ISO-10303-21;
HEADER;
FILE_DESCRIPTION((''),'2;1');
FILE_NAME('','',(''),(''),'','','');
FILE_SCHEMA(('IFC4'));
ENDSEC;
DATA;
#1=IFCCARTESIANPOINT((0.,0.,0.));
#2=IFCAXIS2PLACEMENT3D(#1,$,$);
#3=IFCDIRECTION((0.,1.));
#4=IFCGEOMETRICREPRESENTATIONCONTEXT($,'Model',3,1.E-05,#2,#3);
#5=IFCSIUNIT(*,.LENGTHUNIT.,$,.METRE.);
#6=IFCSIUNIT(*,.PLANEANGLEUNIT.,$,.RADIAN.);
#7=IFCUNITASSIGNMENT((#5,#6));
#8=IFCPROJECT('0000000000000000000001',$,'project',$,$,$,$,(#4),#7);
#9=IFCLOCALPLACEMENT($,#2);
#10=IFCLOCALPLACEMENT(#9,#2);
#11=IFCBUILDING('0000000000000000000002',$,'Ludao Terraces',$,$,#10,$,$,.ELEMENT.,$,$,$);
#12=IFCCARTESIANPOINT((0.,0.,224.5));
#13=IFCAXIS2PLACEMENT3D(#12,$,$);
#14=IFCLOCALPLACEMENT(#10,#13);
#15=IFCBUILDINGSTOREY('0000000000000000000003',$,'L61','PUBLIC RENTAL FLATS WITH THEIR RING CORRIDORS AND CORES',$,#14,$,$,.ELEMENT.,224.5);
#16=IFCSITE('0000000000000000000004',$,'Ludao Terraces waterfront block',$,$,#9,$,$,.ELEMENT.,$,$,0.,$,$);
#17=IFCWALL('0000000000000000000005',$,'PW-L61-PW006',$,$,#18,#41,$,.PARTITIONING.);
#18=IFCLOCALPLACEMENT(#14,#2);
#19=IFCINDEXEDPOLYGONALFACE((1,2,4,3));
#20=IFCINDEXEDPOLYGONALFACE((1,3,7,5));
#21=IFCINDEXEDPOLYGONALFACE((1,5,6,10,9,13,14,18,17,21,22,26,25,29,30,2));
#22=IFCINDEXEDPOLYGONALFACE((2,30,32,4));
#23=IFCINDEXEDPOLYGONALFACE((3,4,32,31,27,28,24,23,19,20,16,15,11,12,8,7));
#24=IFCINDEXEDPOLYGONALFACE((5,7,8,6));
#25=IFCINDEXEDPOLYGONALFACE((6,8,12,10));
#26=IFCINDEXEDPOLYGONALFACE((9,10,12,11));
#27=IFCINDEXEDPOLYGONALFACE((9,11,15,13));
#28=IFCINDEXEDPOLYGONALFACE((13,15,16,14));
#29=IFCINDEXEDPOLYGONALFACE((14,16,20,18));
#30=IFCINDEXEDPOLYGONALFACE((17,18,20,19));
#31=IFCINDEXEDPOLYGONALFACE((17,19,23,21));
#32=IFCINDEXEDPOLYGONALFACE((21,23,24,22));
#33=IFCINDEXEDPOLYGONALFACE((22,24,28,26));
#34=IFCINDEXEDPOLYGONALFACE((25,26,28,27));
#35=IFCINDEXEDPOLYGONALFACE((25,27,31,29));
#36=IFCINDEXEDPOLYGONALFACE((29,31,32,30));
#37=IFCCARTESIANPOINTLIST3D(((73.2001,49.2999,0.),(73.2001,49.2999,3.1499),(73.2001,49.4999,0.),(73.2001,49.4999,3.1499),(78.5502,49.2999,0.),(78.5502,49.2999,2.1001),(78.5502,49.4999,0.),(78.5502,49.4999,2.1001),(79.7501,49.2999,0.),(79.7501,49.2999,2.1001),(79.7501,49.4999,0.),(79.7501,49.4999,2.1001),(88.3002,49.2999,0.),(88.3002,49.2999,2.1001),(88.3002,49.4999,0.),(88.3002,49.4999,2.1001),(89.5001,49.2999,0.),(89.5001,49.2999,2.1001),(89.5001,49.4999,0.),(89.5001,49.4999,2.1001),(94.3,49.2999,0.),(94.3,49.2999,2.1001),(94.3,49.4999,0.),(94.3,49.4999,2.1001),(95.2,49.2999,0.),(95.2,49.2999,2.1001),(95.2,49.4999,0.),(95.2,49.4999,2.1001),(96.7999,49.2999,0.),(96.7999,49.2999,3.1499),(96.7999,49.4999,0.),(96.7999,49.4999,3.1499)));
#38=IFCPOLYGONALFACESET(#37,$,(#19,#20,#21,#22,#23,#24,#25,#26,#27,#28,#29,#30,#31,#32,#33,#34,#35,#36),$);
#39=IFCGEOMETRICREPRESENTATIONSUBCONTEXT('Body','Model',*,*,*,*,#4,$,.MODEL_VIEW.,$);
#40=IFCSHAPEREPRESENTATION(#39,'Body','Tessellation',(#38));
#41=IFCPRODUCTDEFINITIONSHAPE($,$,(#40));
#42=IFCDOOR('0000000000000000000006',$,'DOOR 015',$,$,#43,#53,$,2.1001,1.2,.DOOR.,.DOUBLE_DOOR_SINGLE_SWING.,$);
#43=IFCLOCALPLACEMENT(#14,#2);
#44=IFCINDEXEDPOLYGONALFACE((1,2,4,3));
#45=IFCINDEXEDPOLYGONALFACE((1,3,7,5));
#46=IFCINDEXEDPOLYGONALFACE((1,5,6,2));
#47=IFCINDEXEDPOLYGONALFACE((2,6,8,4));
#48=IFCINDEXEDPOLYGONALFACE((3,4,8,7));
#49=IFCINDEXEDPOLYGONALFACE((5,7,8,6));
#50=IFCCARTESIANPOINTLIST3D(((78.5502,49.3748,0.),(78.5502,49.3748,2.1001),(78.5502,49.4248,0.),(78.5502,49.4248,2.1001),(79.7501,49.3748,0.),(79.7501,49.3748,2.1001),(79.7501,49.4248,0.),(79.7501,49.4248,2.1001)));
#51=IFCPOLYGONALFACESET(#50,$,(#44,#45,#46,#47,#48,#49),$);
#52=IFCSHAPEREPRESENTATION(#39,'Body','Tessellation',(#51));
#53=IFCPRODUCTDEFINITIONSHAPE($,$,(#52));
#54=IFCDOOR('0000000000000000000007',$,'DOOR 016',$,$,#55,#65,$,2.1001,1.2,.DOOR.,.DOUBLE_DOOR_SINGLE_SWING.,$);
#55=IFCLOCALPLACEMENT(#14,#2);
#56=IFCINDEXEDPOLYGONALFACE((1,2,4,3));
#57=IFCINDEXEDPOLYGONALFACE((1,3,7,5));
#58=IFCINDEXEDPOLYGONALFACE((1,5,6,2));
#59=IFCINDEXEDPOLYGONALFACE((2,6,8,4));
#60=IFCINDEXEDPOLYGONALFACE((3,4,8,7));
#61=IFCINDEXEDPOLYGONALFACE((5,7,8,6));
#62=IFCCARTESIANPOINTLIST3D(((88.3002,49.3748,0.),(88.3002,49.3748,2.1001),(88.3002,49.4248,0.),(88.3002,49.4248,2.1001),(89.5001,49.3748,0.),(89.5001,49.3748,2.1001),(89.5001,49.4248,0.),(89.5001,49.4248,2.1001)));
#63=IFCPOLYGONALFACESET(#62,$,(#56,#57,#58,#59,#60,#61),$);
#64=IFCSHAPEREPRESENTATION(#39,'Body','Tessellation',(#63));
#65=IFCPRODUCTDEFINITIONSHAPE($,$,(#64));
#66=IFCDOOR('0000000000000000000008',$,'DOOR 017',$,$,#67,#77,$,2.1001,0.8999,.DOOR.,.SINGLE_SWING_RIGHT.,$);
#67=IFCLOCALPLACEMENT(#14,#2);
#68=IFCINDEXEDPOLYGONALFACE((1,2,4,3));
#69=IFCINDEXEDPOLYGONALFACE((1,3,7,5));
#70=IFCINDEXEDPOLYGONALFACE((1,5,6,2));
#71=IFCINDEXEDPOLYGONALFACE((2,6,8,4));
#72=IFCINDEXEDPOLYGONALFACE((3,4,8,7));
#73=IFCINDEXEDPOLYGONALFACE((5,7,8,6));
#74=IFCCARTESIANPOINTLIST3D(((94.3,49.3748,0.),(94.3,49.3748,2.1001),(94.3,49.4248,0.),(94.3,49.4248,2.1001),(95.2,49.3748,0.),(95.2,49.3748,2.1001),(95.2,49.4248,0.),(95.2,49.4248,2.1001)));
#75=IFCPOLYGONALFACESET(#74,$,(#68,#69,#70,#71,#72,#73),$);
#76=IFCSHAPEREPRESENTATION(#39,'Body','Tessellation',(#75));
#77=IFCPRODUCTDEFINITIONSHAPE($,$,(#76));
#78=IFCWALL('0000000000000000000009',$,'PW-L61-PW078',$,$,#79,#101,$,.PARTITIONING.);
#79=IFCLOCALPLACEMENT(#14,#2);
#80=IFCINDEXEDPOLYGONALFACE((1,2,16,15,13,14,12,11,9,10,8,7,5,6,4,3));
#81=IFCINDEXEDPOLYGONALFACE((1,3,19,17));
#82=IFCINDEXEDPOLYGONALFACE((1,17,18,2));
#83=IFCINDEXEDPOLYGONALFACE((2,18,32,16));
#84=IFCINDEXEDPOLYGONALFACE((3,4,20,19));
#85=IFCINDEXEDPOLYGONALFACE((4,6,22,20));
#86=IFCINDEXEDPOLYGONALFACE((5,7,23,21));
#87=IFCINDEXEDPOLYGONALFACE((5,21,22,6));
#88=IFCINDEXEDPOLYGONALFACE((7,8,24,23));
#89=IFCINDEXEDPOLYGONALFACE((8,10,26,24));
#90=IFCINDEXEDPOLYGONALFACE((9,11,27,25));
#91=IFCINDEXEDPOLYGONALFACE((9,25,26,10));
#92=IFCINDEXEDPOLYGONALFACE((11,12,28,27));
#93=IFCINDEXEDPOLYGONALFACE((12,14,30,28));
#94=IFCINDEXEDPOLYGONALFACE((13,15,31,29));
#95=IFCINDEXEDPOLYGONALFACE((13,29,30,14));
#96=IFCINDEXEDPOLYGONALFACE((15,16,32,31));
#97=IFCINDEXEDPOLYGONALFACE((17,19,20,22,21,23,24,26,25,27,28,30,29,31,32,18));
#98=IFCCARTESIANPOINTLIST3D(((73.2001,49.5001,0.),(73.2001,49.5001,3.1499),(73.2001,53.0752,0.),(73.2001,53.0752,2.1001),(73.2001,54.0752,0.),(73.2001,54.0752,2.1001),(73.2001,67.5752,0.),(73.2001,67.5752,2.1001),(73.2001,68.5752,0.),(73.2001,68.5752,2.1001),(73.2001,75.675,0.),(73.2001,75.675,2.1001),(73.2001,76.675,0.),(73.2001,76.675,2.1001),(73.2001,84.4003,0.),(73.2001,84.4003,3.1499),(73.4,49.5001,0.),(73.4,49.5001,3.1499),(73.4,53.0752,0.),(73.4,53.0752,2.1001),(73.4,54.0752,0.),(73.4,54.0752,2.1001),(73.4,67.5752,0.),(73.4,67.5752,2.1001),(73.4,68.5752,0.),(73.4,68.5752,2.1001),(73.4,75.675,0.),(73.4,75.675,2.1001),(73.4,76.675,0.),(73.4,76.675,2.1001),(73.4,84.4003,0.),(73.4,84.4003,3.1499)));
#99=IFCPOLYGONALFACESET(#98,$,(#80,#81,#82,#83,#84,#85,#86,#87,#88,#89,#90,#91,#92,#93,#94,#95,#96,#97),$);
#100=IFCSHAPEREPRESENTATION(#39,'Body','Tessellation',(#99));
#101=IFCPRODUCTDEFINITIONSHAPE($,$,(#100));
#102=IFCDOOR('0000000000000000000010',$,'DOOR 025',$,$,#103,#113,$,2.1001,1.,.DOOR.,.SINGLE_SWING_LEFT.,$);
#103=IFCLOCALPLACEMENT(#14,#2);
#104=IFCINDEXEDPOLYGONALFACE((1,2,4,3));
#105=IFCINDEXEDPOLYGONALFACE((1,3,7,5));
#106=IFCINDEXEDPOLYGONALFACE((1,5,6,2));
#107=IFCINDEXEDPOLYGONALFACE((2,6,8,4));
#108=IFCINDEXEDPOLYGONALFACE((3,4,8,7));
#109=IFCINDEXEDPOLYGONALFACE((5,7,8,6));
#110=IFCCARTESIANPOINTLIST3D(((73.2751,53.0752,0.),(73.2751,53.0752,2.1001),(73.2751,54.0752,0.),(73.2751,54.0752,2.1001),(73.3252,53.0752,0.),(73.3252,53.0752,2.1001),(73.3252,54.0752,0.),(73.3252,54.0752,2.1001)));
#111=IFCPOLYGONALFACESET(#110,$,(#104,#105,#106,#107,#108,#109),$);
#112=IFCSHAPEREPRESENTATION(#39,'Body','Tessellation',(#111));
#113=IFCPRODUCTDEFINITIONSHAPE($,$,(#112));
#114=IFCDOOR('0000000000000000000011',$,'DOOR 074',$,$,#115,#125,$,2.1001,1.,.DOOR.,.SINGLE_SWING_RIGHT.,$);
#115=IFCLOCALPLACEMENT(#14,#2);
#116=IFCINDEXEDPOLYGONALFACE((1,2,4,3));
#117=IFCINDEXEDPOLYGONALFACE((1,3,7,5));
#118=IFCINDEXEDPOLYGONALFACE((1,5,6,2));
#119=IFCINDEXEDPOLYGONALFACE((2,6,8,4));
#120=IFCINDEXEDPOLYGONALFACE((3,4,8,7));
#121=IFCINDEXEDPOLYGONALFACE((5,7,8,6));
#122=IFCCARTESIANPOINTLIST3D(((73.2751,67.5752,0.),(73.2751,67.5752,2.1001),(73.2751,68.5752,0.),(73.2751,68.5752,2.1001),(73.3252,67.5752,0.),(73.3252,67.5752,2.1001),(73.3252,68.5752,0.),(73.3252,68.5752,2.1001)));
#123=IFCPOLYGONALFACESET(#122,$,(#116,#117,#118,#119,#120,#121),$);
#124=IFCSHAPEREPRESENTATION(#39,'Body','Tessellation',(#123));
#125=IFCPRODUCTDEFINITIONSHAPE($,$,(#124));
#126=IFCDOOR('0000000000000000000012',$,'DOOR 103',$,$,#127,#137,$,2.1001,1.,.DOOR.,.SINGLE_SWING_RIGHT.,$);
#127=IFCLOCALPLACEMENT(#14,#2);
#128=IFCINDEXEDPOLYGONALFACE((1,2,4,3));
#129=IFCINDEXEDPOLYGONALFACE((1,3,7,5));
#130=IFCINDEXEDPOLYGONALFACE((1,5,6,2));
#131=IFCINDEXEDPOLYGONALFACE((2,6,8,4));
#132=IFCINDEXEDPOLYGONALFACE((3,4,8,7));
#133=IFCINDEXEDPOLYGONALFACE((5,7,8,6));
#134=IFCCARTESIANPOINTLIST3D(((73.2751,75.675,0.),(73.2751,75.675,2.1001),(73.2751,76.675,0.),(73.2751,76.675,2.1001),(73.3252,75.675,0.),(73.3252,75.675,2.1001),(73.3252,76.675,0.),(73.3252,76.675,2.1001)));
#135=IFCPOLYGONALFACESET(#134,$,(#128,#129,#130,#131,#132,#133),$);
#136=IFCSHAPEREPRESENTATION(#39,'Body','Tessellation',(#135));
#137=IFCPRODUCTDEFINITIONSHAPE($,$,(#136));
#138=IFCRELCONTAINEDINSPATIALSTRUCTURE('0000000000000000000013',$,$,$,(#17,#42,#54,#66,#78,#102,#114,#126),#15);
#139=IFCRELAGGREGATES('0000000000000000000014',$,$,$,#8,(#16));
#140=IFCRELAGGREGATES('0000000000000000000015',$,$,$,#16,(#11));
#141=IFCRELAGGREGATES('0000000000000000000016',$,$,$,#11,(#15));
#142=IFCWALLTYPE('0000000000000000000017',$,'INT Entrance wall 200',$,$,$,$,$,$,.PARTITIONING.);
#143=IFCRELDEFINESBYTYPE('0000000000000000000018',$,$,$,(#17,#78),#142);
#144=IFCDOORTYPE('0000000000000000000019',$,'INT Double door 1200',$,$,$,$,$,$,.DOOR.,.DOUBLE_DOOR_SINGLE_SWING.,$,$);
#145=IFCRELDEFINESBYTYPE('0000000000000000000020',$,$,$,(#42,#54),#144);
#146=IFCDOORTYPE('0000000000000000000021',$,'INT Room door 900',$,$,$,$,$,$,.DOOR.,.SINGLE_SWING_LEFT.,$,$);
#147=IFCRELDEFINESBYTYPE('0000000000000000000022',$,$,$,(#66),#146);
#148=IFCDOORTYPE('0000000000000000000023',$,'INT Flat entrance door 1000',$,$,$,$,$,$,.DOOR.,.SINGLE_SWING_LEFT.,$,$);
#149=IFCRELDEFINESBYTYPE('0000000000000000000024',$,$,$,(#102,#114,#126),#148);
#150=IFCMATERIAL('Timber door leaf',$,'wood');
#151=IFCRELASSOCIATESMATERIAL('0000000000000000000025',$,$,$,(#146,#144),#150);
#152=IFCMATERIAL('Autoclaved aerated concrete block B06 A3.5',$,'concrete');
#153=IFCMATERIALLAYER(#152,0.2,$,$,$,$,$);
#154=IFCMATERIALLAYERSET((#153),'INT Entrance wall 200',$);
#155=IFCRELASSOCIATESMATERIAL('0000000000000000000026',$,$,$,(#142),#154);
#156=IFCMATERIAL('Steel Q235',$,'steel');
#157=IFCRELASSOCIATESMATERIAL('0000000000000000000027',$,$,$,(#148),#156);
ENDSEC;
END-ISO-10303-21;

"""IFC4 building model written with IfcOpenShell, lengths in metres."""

from ifc_helpers import new_model, si_unit, direction, frame, frame_2d, origin, place, context, subcontext, project, spatial, rectangle, extrude, material, layer, layer_set, type_object, element, fill, save


model = new_model("IFC4")

# Units and contexts
model_context = context("Model", 3, precision=1e-05, world=origin(), true_north=direction((0.0, 1.0)))
body_context = subcontext(model_context, "Body", "Model", "MODEL_VIEW")
ifc_project = project(units=[si_unit("LENGTHUNIT", "METRE"), si_unit("PLANEANGLEUNIT", "RADIAN")], contexts=[model_context])

# Site, building, storey
site_placement = place(None, origin())
site = spatial("IfcSite", under=ifc_project, at=site_placement, Name="Ludao Terraces waterfront block", CompositionType="ELEMENT", RefElevation=0.0)
building_placement = place(site_placement, origin())
building = spatial("IfcBuilding", under=site, at=building_placement, Name="Ludao Terraces", CompositionType="ELEMENT")
storey_placement = place(building_placement, frame((0.0, 0.0, 224.5)))
storey = spatial("IfcBuildingStorey", under=building, at=storey_placement, Name="L61", Description="PUBLIC RENTAL FLATS WITH THEIR RING CORRIDORS AND CORES", CompositionType="ELEMENT", Elevation=224.5)

# Shared definitions
ifc_material_1 = material(Name="Steel Q235", Category="steel")
ifc_material_2 = material(Name="Timber door leaf", Category="wood")
door_type_1 = type_object("IfcDoorType", Name="INT Room door 900", OperationType="SINGLE_SWING_LEFT", PredefinedType="DOOR", material=ifc_material_2)

# Walls, openings, doors
ifc_material_3 = material(Name="Autoclaved aerated concrete block B06 A3.5", Category="concrete")
ifc_layer_1 = layer(ifc_material_3, 0.2)
ifc_layer_set_1 = layer_set([ifc_layer_1], Name="INT Entrance wall 200")
wall_type_1 = type_object("IfcWallType", Name="INT Entrance wall 200", PredefinedType="PARTITIONING", material=ifc_layer_set_1)
wall_1_placement = place(storey_placement, frame((73.2002, 49.3999, 0.0), z_axis=(0.0, 0.0, 1.0), x_axis=(1.0, 0.0, 0.0)))
wall_1 = element("IfcWall", 1, at=wall_1_placement, inside=storey, type_object=wall_type_1, Name="PW-L61-PW006", PredefinedType="PARTITIONING", context=body_context, shape_type="SweptSolid", body=[
    extrude(rectangle(XDim=23.5999, YDim=0.2, at=frame_2d((11.7998, 0.0))), origin(), (0.0, 0.0, 1.0), 3.1499),
])
opening_1_placement = place(wall_1_placement, frame((5.3499, 0.0, 0.0)))
opening_1 = element("IfcOpeningElement", 2, at=opening_1_placement, cuts=wall_1, PredefinedType="OPENING", context=body_context, shape_type="SweptSolid", body=[
    extrude(rectangle(XDim=1.2, YDim=2.1001, at=frame_2d((0.6001, 1.05))), frame((0.0, 0.1099, 0.0), z_axis=(0.0, -1.0, 0.0), x_axis=(1.0, 0.0, 0.0)), (0.0, 0.0, 1.0), 0.22),
])
opening_2_placement = place(wall_1_placement, frame((15.0999, 0.0, 0.0)))
opening_2 = element("IfcOpeningElement", 3, at=opening_2_placement, cuts=wall_1, PredefinedType="OPENING", context=body_context, shape_type="SweptSolid", body=[
    extrude(rectangle(XDim=1.2, YDim=2.1001, at=frame_2d((0.6001, 1.05))), frame((0.0, 0.1099, 0.0), z_axis=(0.0, -1.0, 0.0), x_axis=(1.0, 0.0, 0.0)), (0.0, 0.0, 1.0), 0.22),
])
opening_3_placement = place(wall_1_placement, frame((21.0999, 0.0, 0.0)))
opening_3 = element("IfcOpeningElement", 4, at=opening_3_placement, cuts=wall_1, PredefinedType="OPENING", context=body_context, shape_type="SweptSolid", body=[
    extrude(rectangle(XDim=0.8999, YDim=2.1001, at=frame_2d((0.45, 1.05))), frame((0.0, 0.1099, 0.0), z_axis=(0.0, -1.0, 0.0), x_axis=(1.0, 0.0, 0.0)), (0.0, 0.0, 1.0), 0.22),
])
door_type_2 = type_object("IfcDoorType", Name="INT Double door 1200", OperationType="DOUBLE_DOOR_SINGLE_SWING", PredefinedType="DOOR", material=ifc_material_2)
door_1_placement = place(opening_1_placement, origin())
door_1 = element("IfcDoor", 5, at=door_1_placement, inside=storey, type_object=door_type_2, Name="DOOR 015", OperationType="DOUBLE_DOOR_SINGLE_SWING", OverallHeight=2.1001, OverallWidth=1.2, PredefinedType="DOOR", context=body_context, shape_type="SweptSolid", body=[
    extrude(rectangle(XDim=1.2, YDim=2.1001, at=frame_2d((0.6001, 1.05))), frame((0.0, 0.0249, 0.0), z_axis=(0.0, -1.0, 0.0), x_axis=(1.0, 0.0, 0.0)), (0.0, 0.0, 1.0), 0.05),
])
fill(opening_1, door_1)
door_2_placement = place(opening_2_placement, origin())
door_2 = element("IfcDoor", 6, at=door_2_placement, inside=storey, type_object=door_type_2, Name="DOOR 016", OperationType="DOUBLE_DOOR_SINGLE_SWING", OverallHeight=2.1001, OverallWidth=1.2, PredefinedType="DOOR", context=body_context, shape_type="SweptSolid", body=[
    extrude(rectangle(XDim=1.2, YDim=2.1001, at=frame_2d((0.6001, 1.05))), frame((0.0, 0.0249, 0.0), z_axis=(0.0, -1.0, 0.0), x_axis=(1.0, 0.0, 0.0)), (0.0, 0.0, 1.0), 0.05),
])
fill(opening_2, door_2)
door_3_placement = place(opening_3_placement, origin())
door_3 = element("IfcDoor", 7, at=door_3_placement, inside=storey, type_object=door_type_1, Name="DOOR 017", OperationType="SINGLE_SWING_RIGHT", OverallHeight=2.1001, OverallWidth=0.8999, PredefinedType="DOOR", context=body_context, shape_type="SweptSolid", body=[
    extrude(rectangle(XDim=0.8999, YDim=2.1001, at=frame_2d((0.45, 1.05))), frame((0.0, 0.0249, 0.0), z_axis=(0.0, -1.0, 0.0), x_axis=(1.0, 0.0, 0.0)), (0.0, 0.0, 1.0), 0.05),
])
fill(opening_3, door_3)
wall_2_placement = place(storey_placement, frame((73.3, 49.5, 0.0), z_axis=(0.0, 0.0, 1.0), x_axis=(0.0, 1.0, 0.0)))
wall_2 = element("IfcWall", 8, at=wall_2_placement, inside=storey, type_object=wall_type_1, Name="PW-L61-PW078", PredefinedType="PARTITIONING", context=body_context, shape_type="SweptSolid", body=[
    extrude(rectangle(XDim=34.9001, YDim=0.2, at=frame_2d((17.4502, 0.0))), origin(), (0.0, 0.0, 1.0), 3.1499),
])
opening_4_placement = place(wall_2_placement, frame((3.5752, 0.0, 0.0)))
opening_4 = element("IfcOpeningElement", 9, at=opening_4_placement, cuts=wall_2, PredefinedType="OPENING", context=body_context, shape_type="SweptSolid", body=[
    extrude(rectangle(XDim=1.0, YDim=2.1001, at=frame_2d((0.5, 1.05))), frame((0.0, 0.1099, 0.0), z_axis=(0.0, -1.0, 0.0), x_axis=(1.0, 0.0, 0.0)), (0.0, 0.0, 1.0), 0.22),
])
opening_5_placement = place(wall_2_placement, frame((18.0752, 0.0, 0.0)))
opening_5 = element("IfcOpeningElement", 10, at=opening_5_placement, cuts=wall_2, PredefinedType="OPENING", context=body_context, shape_type="SweptSolid", body=[
    extrude(rectangle(XDim=1.0, YDim=2.1001, at=frame_2d((0.5, 1.05))), frame((0.0, 0.1099, 0.0), z_axis=(0.0, -1.0, 0.0), x_axis=(1.0, 0.0, 0.0)), (0.0, 0.0, 1.0), 0.22),
])
opening_6_placement = place(wall_2_placement, frame((26.175, 0.0, 0.0)))
opening_6 = element("IfcOpeningElement", 11, at=opening_6_placement, cuts=wall_2, PredefinedType="OPENING", context=body_context, shape_type="SweptSolid", body=[
    extrude(rectangle(XDim=1.0, YDim=2.1001, at=frame_2d((0.5, 1.05))), frame((0.0, 0.1099, 0.0), z_axis=(0.0, -1.0, 0.0), x_axis=(1.0, 0.0, 0.0)), (0.0, 0.0, 1.0), 0.22),
])
door_type_3 = type_object("IfcDoorType", Name="INT Flat entrance door 1000", OperationType="SINGLE_SWING_LEFT", PredefinedType="DOOR", material=ifc_material_1)
door_4_placement = place(opening_4_placement, origin())
door_4 = element("IfcDoor", 12, at=door_4_placement, inside=storey, type_object=door_type_3, Name="DOOR 025", OperationType="SINGLE_SWING_LEFT", OverallHeight=2.1001, OverallWidth=1.0, PredefinedType="DOOR", context=body_context, shape_type="SweptSolid", body=[
    extrude(rectangle(XDim=1.0, YDim=2.1001, at=frame_2d((0.5, 1.05))), frame((0.0, 0.0249, 0.0), z_axis=(0.0, -1.0, 0.0), x_axis=(1.0, 0.0, 0.0)), (0.0, 0.0, 1.0), 0.05),
])
fill(opening_4, door_4)
door_5_placement = place(opening_5_placement, origin())
door_5 = element("IfcDoor", 13, at=door_5_placement, inside=storey, type_object=door_type_3, Name="DOOR 074", OperationType="SINGLE_SWING_RIGHT", OverallHeight=2.1001, OverallWidth=1.0, PredefinedType="DOOR", context=body_context, shape_type="SweptSolid", body=[
    extrude(rectangle(XDim=1.0, YDim=2.1001, at=frame_2d((0.5, 1.05))), frame((0.0, 0.0249, 0.0), z_axis=(0.0, -1.0, 0.0), x_axis=(1.0, 0.0, 0.0)), (0.0, 0.0, 1.0), 0.05),
])
fill(opening_5, door_5)
door_6_placement = place(opening_6_placement, origin())
door_6 = element("IfcDoor", 14, at=door_6_placement, inside=storey, type_object=door_type_3, Name="DOOR 103", OperationType="SINGLE_SWING_RIGHT", OverallHeight=2.1001, OverallWidth=1.0, PredefinedType="DOOR", context=body_context, shape_type="SweptSolid", body=[
    extrude(rectangle(XDim=1.0, YDim=2.1001, at=frame_2d((0.5, 1.05))), frame((0.0, 0.0249, 0.0), z_axis=(0.0, -1.0, 0.0), x_axis=(1.0, 0.0, 0.0)), (0.0, 0.0, 1.0), 0.05),
])
fill(opening_6, door_6)

save(model, "model.ifc")
